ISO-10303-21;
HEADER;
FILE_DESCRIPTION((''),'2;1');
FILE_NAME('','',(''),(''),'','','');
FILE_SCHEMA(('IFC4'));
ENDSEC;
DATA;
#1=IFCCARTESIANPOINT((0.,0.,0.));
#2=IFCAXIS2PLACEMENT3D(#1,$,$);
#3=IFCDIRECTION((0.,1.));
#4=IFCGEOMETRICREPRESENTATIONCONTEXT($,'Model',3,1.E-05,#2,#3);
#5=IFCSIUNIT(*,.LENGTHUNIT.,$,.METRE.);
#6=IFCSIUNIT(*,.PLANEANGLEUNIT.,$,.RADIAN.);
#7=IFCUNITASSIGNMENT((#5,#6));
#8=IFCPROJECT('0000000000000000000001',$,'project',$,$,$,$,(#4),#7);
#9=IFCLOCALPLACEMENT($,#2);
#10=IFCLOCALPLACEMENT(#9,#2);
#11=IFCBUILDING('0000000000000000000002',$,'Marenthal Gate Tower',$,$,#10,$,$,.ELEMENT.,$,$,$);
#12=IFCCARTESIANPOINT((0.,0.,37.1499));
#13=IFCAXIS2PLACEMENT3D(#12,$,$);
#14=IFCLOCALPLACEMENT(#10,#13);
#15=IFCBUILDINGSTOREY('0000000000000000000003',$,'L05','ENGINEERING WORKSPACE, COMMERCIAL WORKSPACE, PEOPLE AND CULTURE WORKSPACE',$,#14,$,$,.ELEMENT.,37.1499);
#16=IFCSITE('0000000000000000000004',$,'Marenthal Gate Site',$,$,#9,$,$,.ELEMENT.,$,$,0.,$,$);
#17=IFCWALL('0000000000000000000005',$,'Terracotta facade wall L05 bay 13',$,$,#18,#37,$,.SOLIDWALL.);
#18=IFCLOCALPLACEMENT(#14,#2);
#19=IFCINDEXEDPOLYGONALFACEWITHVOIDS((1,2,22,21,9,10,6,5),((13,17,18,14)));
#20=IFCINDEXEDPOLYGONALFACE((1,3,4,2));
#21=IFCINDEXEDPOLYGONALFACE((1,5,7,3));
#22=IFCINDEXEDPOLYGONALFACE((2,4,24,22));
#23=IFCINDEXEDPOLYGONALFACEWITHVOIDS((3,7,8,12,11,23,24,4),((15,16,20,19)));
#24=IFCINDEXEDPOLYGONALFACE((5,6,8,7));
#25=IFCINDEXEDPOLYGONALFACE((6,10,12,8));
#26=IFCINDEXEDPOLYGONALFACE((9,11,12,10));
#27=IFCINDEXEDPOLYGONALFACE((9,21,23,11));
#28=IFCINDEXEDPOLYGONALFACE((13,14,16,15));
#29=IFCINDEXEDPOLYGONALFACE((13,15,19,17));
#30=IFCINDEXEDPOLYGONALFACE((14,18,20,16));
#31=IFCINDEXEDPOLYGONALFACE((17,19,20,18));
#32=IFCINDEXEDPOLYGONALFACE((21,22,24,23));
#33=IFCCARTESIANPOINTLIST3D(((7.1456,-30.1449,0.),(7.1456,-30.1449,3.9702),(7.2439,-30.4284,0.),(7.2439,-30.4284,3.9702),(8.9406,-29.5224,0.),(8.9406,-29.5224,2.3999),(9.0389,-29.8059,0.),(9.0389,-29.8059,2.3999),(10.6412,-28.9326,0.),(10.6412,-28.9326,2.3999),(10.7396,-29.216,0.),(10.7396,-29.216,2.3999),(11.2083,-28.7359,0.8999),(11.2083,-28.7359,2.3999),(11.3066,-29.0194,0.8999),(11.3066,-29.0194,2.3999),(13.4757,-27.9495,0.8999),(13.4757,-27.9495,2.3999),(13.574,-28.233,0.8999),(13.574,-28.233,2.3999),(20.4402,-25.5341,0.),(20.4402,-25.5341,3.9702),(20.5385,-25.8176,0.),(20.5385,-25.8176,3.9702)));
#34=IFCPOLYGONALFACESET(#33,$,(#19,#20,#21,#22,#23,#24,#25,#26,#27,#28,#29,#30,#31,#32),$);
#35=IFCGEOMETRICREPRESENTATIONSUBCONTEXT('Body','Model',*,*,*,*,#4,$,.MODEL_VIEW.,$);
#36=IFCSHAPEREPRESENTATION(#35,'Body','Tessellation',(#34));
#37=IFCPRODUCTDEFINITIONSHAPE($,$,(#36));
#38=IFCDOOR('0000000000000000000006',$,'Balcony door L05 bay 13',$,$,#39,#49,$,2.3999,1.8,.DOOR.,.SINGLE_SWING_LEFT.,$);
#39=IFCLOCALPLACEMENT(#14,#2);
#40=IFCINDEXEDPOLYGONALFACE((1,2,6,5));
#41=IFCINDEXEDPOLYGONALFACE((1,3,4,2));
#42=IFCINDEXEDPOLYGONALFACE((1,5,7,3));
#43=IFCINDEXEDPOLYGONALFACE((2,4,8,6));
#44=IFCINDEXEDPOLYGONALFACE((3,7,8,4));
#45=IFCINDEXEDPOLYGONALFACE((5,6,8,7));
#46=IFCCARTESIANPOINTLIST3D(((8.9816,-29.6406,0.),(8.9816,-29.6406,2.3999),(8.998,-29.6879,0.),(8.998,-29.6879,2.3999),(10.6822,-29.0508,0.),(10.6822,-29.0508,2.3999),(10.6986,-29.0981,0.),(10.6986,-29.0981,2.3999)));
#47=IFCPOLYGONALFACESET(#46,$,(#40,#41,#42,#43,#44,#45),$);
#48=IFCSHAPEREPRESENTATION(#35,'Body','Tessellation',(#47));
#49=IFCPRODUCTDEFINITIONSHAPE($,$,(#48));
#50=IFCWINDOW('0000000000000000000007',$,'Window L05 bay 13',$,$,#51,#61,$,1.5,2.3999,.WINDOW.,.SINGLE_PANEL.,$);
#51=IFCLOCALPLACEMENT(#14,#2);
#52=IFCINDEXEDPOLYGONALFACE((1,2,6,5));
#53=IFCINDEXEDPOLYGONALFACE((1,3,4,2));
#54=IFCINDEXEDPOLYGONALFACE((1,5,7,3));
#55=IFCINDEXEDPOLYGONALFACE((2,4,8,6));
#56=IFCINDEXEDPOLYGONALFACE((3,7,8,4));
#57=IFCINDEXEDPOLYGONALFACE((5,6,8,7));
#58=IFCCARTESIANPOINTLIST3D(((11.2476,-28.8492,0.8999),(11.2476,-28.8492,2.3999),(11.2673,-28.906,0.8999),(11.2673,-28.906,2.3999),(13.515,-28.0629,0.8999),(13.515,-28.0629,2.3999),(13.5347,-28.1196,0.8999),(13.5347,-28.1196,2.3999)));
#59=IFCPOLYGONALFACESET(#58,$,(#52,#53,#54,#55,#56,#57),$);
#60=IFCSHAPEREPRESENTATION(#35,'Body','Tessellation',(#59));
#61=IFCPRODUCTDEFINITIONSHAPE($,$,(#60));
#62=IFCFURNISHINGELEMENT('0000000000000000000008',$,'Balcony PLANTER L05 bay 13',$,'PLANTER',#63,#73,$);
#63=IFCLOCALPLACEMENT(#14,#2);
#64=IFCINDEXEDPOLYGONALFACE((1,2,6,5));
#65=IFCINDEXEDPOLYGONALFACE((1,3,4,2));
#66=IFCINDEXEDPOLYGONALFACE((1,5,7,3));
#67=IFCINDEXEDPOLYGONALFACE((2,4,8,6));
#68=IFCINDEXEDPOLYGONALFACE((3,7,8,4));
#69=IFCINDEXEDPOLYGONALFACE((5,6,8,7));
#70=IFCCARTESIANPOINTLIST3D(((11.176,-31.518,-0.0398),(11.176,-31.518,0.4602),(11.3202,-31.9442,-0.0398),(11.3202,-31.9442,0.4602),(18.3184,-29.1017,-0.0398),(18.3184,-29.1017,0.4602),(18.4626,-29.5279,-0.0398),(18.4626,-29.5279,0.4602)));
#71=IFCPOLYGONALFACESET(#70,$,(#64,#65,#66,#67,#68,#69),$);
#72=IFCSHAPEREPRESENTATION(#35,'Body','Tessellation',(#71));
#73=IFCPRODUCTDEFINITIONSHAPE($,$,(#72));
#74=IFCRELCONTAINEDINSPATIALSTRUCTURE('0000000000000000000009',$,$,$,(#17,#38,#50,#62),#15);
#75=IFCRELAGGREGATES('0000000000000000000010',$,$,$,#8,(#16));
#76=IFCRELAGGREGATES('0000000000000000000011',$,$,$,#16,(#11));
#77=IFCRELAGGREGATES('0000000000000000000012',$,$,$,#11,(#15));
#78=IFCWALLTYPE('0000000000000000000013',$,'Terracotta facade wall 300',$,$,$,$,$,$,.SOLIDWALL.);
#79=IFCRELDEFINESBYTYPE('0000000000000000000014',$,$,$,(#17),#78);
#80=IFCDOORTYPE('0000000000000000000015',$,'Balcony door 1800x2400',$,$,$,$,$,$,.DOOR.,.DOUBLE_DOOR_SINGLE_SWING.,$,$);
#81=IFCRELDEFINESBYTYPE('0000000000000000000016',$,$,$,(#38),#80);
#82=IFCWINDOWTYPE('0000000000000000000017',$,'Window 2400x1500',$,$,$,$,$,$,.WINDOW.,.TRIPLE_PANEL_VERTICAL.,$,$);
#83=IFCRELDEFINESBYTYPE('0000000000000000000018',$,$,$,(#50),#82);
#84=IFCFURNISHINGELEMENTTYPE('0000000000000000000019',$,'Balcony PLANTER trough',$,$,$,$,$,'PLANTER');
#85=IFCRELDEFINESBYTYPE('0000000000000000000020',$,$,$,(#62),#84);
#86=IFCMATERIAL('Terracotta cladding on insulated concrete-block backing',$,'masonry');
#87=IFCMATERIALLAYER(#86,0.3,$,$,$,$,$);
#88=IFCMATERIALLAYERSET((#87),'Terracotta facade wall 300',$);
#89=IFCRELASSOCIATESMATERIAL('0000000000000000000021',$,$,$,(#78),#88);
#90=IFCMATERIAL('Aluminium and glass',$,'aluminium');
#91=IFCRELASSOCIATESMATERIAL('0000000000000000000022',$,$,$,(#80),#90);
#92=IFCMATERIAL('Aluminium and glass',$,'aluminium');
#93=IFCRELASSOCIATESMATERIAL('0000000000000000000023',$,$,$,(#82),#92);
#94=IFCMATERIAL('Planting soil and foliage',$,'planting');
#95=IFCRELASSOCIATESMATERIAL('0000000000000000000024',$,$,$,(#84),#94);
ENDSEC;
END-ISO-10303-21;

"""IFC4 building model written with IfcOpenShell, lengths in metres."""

from ifc_helpers import new_model, si_unit, direction, frame, frame_2d, origin, origin_2d, place, context, subcontext, project, spatial, rectangle, extrude, material, layer, layer_set, type_object, element, fill, save


model = new_model("IFC4")

# Units and contexts
model_context = context("Model", 3, precision=1e-05, world=origin(), true_north=direction((0.0, 1.0)))
body_context = subcontext(model_context, "Body", "Model", "MODEL_VIEW")
ifc_project = project(units=[si_unit("LENGTHUNIT", "METRE"), si_unit("PLANEANGLEUNIT", "RADIAN")], contexts=[model_context])

# Site, building, storey
site_placement = place(None, origin())
site = spatial("IfcSite", under=ifc_project, at=site_placement, Name="Marenthal Gate Site", CompositionType="ELEMENT", RefElevation=0.0)
building_placement = place(site_placement, origin())
building = spatial("IfcBuilding", under=site, at=building_placement, Name="Marenthal Gate Tower", CompositionType="ELEMENT")
storey_placement = place(building_placement, frame((0.0, 0.0, 37.1499)))
storey = spatial("IfcBuildingStorey", under=building, at=storey_placement, Name="L05", Description="ENGINEERING WORKSPACE, COMMERCIAL WORKSPACE, PEOPLE AND CULTURE WORKSPACE", CompositionType="ELEMENT", Elevation=37.1499)

# Wall, openings, door, window
ifc_material_1 = material(Name="Terracotta cladding on insulated concrete-block backing", Category="masonry")
ifc_layer_1 = layer(ifc_material_1, 0.3)
ifc_layer_set_1 = layer_set([ifc_layer_1], Name="Terracotta facade wall 300")
wall_type_1 = type_object("IfcWallType", Name="Terracotta facade wall 300", PredefinedType="SOLIDWALL", material=ifc_layer_set_1)
wall_1_placement = place(storey_placement, frame((7.1948, -30.2866, 0.0), z_axis=(0.0, 0.0, 1.0), x_axis=(0.944792, 0.327671, 0.0)))
wall_1 = element("IfcWall", 1, at=wall_1_placement, inside=storey, type_object=wall_type_1, Name="Terracotta facade wall L05 bay 13", PredefinedType="SOLIDWALL", context=body_context, shape_type="SweptSolid", body=[
    extrude(rectangle(XDim=14.0715, YDim=0.3, at=frame_2d((7.0356, 0.0))), origin(), (0.0, 0.0, 1.0), 3.9702),
])
opening_1_placement = place(wall_1_placement, frame((1.8999, 0.0, 0.0)))
opening_1 = element("IfcOpeningElement", 2, at=opening_1_placement, cuts=wall_1, PredefinedType="OPENING", context=body_context, shape_type="SweptSolid", body=[
    extrude(rectangle(XDim=1.8, YDim=2.3999, at=frame_2d((0.8999, 1.2))), frame((0.0, 0.1602, 0.0), z_axis=(0.0, -1.0, 0.0), x_axis=(1.0, 0.0, 0.0)), (0.0, 0.0, 1.0), 0.3201),
])
opening_2_placement = place(wall_1_placement, frame((4.3, 0.0, 0.8999)))
opening_2 = element("IfcOpeningElement", 3, at=opening_2_placement, cuts=wall_1, PredefinedType="OPENING", context=body_context, shape_type="SweptSolid", body=[
    extrude(rectangle(XDim=2.3999, YDim=1.5, at=frame_2d((1.2, 0.75))), frame((0.0, 0.1602, 0.0), z_axis=(0.0, -1.0, 0.0), x_axis=(1.0, 0.0, 0.0)), (0.0, 0.0, 1.0), 0.3201),
])
ifc_material_2 = material(Name="Aluminium and glass", Category="aluminium")
door_type_1 = type_object("IfcDoorType", Name="Balcony door 1800x2400", OperationType="DOUBLE_DOOR_SINGLE_SWING", PredefinedType="DOOR", material=ifc_material_2)
door_1_placement = place(opening_1_placement, origin())
door_1 = element("IfcDoor", 4, at=door_1_placement, inside=storey, type_object=door_type_1, Name="Balcony door L05 bay 13", OperationType="SINGLE_SWING_LEFT", OverallHeight=2.3999, OverallWidth=1.8, PredefinedType="DOOR", context=body_context, shape_type="SweptSolid", body=[
    extrude(rectangle(XDim=1.8, YDim=2.3999, at=frame_2d((0.8999, 1.2))), frame((0.0, 0.0249, 0.0), z_axis=(0.0, -1.0, 0.0), x_axis=(1.0, 0.0, 0.0)), (0.0, 0.0, 1.0), 0.05),
])
fill(opening_1, door_1)
ifc_material_3 = material(Name="Aluminium and glass", Category="aluminium")
window_type = type_object("IfcWindowType", Name="Window 2400x1500", PartitioningType="TRIPLE_PANEL_VERTICAL", PredefinedType="WINDOW", material=ifc_material_3)
window_placement = place(opening_2_placement, origin())
window = element("IfcWindow", 5, at=window_placement, inside=storey, type_object=window_type, Name="Window L05 bay 13", OverallHeight=1.5, OverallWidth=2.3999, PartitioningType="SINGLE_PANEL", PredefinedType="WINDOW", context=body_context, shape_type="SweptSolid", body=[
    extrude(rectangle(XDim=2.3999, YDim=1.5, at=frame_2d((1.2, 0.75))), frame((0.0, 0.03, 0.0), z_axis=(0.0, -1.0, 0.0), x_axis=(1.0, 0.0, 0.0)), (0.0, 0.0, 1.0), 0.0601),
])
fill(opening_2, window)

# Furnishing element
ifc_material_4 = material(Name="Planting soil and foliage", Category="planting")
furnishing_element_type = type_object("IfcFurnishingElementType", Name="Balcony PLANTER trough", ElementType="PLANTER", material=ifc_material_4)
furnishing_placement = place(storey_placement, frame((14.8193, -30.5229, -0.0398), z_axis=(0.0, 0.0, 1.0), x_axis=(0.947263, 0.320458, 0.0)))
element("IfcFurnishingElement", 6, at=furnishing_placement, inside=storey, type_object=furnishing_element_type, Name="Balcony PLANTER L05 bay 13", ObjectType="PLANTER", context=body_context, shape_type="SweptSolid", body=[
    extrude(rectangle(XDim=7.54, YDim=0.45, at=origin_2d()), origin(), (0.0, 0.0, 1.0), 0.5),
])

save(model, "model.ifc")
